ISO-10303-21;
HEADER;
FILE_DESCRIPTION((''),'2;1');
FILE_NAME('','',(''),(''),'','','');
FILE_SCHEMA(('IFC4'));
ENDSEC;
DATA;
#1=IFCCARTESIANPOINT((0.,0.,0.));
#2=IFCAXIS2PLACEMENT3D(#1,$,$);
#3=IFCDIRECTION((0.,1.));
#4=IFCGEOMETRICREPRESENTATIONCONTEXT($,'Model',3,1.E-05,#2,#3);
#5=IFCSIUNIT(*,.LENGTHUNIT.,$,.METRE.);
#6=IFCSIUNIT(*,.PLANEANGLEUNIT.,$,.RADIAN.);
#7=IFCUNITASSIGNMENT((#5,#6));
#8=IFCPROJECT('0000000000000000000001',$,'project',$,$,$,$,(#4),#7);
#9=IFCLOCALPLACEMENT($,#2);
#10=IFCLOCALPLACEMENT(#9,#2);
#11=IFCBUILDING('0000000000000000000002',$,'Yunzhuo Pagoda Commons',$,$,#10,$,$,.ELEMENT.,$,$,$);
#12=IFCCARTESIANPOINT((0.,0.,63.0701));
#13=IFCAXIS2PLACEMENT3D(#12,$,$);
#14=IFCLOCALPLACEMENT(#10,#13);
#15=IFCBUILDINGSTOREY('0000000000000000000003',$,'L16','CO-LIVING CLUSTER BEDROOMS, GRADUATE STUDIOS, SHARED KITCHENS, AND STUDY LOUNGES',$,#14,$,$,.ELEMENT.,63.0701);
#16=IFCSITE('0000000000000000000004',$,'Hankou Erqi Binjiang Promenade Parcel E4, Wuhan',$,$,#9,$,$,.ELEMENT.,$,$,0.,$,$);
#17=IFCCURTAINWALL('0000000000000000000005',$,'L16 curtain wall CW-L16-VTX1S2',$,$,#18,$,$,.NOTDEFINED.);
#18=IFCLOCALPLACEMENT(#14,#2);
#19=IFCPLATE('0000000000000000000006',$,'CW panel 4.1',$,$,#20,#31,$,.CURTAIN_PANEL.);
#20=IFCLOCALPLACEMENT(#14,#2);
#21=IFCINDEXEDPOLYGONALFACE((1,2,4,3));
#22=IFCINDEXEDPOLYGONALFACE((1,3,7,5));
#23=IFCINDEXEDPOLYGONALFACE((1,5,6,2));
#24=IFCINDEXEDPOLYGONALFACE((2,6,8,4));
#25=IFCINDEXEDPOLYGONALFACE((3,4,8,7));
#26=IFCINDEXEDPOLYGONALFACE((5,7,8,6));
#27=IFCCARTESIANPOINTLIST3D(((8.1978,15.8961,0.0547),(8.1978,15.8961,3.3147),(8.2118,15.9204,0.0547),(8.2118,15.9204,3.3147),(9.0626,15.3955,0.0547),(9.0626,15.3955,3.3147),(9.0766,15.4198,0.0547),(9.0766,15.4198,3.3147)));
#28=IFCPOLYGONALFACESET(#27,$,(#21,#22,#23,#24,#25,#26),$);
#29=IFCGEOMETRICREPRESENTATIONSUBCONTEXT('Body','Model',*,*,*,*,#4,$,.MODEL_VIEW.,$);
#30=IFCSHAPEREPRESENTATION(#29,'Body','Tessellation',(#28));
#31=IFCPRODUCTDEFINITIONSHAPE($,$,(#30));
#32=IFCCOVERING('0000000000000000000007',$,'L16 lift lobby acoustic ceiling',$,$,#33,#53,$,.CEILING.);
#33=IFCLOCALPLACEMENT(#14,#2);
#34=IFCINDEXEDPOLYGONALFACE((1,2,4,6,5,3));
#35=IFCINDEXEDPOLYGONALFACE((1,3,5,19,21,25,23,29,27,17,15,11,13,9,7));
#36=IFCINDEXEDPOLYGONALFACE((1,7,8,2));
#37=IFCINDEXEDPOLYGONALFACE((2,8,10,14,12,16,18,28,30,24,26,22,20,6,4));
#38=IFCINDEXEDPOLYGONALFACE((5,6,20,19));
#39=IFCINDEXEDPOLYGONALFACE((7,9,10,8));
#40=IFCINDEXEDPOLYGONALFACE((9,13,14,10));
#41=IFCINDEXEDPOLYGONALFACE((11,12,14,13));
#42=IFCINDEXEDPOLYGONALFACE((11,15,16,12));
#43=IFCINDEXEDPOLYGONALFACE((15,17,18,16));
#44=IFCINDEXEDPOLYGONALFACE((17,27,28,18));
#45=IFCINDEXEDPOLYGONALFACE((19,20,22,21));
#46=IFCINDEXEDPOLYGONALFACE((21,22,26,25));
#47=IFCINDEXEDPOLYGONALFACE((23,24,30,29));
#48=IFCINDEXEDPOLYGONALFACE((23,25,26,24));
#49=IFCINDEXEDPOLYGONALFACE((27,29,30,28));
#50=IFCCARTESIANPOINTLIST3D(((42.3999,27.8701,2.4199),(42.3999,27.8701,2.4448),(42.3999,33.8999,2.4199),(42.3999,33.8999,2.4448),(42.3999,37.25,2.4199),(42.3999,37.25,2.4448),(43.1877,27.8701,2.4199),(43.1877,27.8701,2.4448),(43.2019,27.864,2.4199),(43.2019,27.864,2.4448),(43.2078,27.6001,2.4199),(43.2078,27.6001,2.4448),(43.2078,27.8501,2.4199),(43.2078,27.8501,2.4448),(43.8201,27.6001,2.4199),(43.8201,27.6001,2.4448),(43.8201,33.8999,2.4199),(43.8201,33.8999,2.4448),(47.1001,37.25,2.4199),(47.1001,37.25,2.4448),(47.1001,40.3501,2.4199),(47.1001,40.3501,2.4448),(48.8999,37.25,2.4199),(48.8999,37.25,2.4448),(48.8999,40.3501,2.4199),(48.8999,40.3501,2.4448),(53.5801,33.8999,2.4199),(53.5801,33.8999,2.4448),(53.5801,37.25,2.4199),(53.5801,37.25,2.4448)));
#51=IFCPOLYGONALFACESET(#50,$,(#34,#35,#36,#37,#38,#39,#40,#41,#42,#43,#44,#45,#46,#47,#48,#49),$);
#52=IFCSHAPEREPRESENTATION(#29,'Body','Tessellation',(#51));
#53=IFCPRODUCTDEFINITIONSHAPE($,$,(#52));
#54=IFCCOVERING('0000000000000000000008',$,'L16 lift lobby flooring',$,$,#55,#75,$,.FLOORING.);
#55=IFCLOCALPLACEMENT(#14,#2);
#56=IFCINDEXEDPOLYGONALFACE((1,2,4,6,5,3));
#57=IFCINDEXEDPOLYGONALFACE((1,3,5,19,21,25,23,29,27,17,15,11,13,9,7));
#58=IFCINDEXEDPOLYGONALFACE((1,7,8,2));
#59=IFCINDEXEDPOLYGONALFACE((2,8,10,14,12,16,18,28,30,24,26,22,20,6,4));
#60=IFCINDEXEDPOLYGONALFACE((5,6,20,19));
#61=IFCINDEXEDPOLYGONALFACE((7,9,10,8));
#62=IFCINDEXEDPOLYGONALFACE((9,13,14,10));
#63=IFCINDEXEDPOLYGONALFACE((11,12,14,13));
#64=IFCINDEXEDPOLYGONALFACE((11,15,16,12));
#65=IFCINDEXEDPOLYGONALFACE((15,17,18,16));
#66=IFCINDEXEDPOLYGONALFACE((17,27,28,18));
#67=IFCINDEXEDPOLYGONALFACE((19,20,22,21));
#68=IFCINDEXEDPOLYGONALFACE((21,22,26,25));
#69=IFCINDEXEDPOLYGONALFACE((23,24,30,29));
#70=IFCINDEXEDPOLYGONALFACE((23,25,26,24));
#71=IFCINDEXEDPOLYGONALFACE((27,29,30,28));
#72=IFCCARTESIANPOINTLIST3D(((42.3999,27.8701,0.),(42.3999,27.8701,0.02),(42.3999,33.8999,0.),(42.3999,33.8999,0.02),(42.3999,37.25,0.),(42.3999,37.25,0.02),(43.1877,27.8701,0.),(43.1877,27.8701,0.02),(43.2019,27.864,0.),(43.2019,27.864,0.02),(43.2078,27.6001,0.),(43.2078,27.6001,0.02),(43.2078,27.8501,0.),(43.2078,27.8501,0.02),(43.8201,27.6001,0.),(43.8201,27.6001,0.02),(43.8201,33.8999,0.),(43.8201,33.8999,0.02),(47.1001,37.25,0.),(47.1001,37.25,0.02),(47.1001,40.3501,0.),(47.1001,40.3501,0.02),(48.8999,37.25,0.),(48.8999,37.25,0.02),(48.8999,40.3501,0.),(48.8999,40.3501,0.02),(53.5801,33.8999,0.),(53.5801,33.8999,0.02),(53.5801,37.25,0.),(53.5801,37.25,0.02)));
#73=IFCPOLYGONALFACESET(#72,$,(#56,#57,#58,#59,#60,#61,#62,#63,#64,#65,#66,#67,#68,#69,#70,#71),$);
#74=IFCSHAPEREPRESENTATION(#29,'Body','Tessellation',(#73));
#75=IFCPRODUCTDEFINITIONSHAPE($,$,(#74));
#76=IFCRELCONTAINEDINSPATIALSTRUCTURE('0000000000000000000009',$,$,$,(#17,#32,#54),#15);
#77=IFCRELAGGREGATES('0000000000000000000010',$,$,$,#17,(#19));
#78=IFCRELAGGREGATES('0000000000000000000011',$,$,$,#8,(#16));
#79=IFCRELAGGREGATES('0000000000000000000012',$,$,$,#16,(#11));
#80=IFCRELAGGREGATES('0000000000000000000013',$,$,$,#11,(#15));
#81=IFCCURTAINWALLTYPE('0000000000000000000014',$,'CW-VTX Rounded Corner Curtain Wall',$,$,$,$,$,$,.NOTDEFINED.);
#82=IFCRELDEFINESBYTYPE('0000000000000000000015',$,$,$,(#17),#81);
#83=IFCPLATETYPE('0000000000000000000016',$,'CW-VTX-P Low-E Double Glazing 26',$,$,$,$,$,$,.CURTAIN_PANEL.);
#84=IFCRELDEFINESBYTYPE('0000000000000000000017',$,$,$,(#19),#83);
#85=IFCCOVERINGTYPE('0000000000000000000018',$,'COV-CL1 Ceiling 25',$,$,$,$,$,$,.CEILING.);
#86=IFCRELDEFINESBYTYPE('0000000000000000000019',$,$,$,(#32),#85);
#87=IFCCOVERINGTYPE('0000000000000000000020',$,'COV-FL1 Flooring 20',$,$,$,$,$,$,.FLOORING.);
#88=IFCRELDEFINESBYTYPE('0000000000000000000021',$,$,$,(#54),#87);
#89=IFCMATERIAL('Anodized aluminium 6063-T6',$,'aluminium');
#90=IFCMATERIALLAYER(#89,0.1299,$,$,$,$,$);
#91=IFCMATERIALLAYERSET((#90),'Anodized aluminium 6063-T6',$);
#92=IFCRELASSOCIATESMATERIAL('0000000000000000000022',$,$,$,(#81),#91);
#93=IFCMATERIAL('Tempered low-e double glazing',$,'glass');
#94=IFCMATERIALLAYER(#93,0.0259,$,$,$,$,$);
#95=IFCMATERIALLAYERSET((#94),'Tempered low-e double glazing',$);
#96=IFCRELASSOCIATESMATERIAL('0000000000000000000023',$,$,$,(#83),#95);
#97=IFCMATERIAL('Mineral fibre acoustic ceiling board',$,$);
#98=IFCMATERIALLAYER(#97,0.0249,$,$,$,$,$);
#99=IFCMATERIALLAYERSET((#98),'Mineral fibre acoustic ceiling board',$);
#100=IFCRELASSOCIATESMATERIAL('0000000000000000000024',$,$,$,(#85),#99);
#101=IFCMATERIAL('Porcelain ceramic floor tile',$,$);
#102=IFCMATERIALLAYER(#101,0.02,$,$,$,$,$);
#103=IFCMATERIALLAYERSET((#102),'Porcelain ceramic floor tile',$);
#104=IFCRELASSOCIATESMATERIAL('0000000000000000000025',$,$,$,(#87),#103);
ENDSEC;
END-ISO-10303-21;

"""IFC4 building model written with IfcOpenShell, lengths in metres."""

from ifc_helpers import new_model, si_unit, direction, frame, origin, origin_2d, place, context, subcontext, project, spatial, polyline, rectangle, outline, extrude, source, transform, mapped, material, layer, layer_set, type_object, element, aggregate, save


model = new_model("IFC4")

# Units and contexts
model_context = context("Model", 3, precision=1e-05, world=origin(), true_north=direction((0.0, 1.0)))
body_context = subcontext(model_context, "Body", "Model", "MODEL_VIEW")
ifc_project = project(units=[si_unit("LENGTHUNIT", "METRE"), si_unit("PLANEANGLEUNIT", "RADIAN")], contexts=[model_context])

# Site, building, storey
site_placement = place(None, origin())
site = spatial("IfcSite", under=ifc_project, at=site_placement, Name="Hankou Erqi Binjiang Promenade Parcel E4, Wuhan", CompositionType="ELEMENT", RefElevation=0.0)
building_placement = place(site_placement, origin())
building = spatial("IfcBuilding", under=site, at=building_placement, Name="Yunzhuo Pagoda Commons", CompositionType="ELEMENT")
storey_placement = place(building_placement, frame((0.0, 0.0, 63.0701)))
storey = spatial("IfcBuildingStorey", under=building, at=storey_placement, Name="L16", Description="CO-LIVING CLUSTER BEDROOMS, GRADUATE STUDIOS, SHARED KITCHENS, AND STUDY LOUNGES", CompositionType="ELEMENT", Elevation=63.0701)

# Curtain wall
ifc_material_1 = material(Name="Anodized aluminium 6063-T6", Category="aluminium")
ifc_layer_1 = layer(ifc_material_1, 0.1299)
ifc_layer_set_1 = layer_set([ifc_layer_1], Name="Anodized aluminium 6063-T6")
curtain_wall_type = type_object("IfcCurtainWallType", Name="CW-VTX Rounded Corner Curtain Wall", PredefinedType="NOTDEFINED", material=ifc_layer_set_1)
curtain_wall_1_placement = place(storey_placement, origin())
curtain_wall_1 = element("IfcCurtainWall", 1, at=curtain_wall_1_placement, inside=storey, type_object=curtain_wall_type, Name="L16 curtain wall CW-L16-VTX1S2", PredefinedType="NOTDEFINED")

# Shared definitions
ifc_material_2 = material(Name="Tempered low-e double glazing", Category="glass")
ifc_layer_2 = layer(ifc_material_2, 0.0259)
ifc_layer_set_2 = layer_set([ifc_layer_2], Name="Tempered low-e double glazing")
plate_type = type_object("IfcPlateType", Name="CW-VTX-P Low-E Double Glazing 26", PredefinedType="CURTAIN_PANEL", material=ifc_layer_set_2)

# Plate
shared_shape_1 = source(origin(), body_context, "Body", "SweptSolid", [
    extrude(rectangle(XDim=0.9993, YDim=0.0281, at=origin_2d()), origin(), (0.0, 0.0, 1.0), 3.26),
])
plate_1_placement = place(storey_placement, frame((8.6372, 15.658, 0.0547), z_axis=(0.0, 0.0, 1.0), x_axis=(0.865425, -0.501039, 0.0)))
plate_1 = element("IfcPlate", 2, at=plate_1_placement, type_object=plate_type, Name="CW panel 4.1", PredefinedType="CURTAIN_PANEL", context=body_context, shape_type="MappedRepresentation", body=[
    mapped(shared_shape_1, transform((0.0, 0.0, 0.0), scale=1.0)),
])
aggregate(curtain_wall_1, [plate_1])

# Coverings
ifc_material_3 = material(Name="Mineral fibre acoustic ceiling board")
ifc_layer_3 = layer(ifc_material_3, 0.0249)
ifc_layer_set_3 = layer_set([ifc_layer_3], Name="Mineral fibre acoustic ceiling board")
covering_type_1 = type_object("IfcCoveringType", Name="COV-CL1 Ceiling 25", PredefinedType="CEILING", material=ifc_layer_set_3)
covering_1_placement = place(storey_placement, frame((0.0, 0.0, 2.4199)))
element("IfcCovering", 3, at=covering_1_placement, inside=storey, type_object=covering_type_1, Name="L16 lift lobby acoustic ceiling", PredefinedType="CEILING", context=body_context, shape_type="SweptSolid", body=[
    extrude(outline(polyline([(43.2078, 27.8501), (43.2019, 27.864), (43.1877, 27.8701), (42.3999, 27.8701), (42.3999, 33.8999), (42.3999, 37.25), (47.1001, 37.25), (47.1001, 40.3501), (48.8999, 40.3501), (48.8999, 37.25), (53.5801, 37.25), (53.5801, 33.8999), (43.8201, 33.8999), (43.8201, 27.6001), (43.2078, 27.6001), (43.2078, 27.8501)])), origin(), (0.0, 0.0, 1.0), 0.0249),
])
ifc_material_4 = material(Name="Porcelain ceramic floor tile")
ifc_layer_4 = layer(ifc_material_4, 0.02)
ifc_layer_set_4 = layer_set([ifc_layer_4], Name="Porcelain ceramic floor tile")
covering_type_2 = type_object("IfcCoveringType", Name="COV-FL1 Flooring 20", PredefinedType="FLOORING", material=ifc_layer_set_4)
covering_2_placement = place(storey_placement, origin())
element("IfcCovering", 4, at=covering_2_placement, inside=storey, type_object=covering_type_2, Name="L16 lift lobby flooring", PredefinedType="FLOORING", context=body_context, shape_type="SweptSolid", body=[
    extrude(outline(polyline([(43.2078, 27.8501), (43.2019, 27.864), (43.1877, 27.8701), (42.3999, 27.8701), (42.3999, 33.8999), (42.3999, 37.25), (47.1001, 37.25), (47.1001, 40.3501), (48.8999, 40.3501), (48.8999, 37.25), (53.5801, 37.25), (53.5801, 33.8999), (43.8201, 33.8999), (43.8201, 27.6001), (43.2078, 27.6001), (43.2078, 27.8501)])), origin(), (0.0, 0.0, 1.0), 0.02),
])

save(model, "model.ifc")
